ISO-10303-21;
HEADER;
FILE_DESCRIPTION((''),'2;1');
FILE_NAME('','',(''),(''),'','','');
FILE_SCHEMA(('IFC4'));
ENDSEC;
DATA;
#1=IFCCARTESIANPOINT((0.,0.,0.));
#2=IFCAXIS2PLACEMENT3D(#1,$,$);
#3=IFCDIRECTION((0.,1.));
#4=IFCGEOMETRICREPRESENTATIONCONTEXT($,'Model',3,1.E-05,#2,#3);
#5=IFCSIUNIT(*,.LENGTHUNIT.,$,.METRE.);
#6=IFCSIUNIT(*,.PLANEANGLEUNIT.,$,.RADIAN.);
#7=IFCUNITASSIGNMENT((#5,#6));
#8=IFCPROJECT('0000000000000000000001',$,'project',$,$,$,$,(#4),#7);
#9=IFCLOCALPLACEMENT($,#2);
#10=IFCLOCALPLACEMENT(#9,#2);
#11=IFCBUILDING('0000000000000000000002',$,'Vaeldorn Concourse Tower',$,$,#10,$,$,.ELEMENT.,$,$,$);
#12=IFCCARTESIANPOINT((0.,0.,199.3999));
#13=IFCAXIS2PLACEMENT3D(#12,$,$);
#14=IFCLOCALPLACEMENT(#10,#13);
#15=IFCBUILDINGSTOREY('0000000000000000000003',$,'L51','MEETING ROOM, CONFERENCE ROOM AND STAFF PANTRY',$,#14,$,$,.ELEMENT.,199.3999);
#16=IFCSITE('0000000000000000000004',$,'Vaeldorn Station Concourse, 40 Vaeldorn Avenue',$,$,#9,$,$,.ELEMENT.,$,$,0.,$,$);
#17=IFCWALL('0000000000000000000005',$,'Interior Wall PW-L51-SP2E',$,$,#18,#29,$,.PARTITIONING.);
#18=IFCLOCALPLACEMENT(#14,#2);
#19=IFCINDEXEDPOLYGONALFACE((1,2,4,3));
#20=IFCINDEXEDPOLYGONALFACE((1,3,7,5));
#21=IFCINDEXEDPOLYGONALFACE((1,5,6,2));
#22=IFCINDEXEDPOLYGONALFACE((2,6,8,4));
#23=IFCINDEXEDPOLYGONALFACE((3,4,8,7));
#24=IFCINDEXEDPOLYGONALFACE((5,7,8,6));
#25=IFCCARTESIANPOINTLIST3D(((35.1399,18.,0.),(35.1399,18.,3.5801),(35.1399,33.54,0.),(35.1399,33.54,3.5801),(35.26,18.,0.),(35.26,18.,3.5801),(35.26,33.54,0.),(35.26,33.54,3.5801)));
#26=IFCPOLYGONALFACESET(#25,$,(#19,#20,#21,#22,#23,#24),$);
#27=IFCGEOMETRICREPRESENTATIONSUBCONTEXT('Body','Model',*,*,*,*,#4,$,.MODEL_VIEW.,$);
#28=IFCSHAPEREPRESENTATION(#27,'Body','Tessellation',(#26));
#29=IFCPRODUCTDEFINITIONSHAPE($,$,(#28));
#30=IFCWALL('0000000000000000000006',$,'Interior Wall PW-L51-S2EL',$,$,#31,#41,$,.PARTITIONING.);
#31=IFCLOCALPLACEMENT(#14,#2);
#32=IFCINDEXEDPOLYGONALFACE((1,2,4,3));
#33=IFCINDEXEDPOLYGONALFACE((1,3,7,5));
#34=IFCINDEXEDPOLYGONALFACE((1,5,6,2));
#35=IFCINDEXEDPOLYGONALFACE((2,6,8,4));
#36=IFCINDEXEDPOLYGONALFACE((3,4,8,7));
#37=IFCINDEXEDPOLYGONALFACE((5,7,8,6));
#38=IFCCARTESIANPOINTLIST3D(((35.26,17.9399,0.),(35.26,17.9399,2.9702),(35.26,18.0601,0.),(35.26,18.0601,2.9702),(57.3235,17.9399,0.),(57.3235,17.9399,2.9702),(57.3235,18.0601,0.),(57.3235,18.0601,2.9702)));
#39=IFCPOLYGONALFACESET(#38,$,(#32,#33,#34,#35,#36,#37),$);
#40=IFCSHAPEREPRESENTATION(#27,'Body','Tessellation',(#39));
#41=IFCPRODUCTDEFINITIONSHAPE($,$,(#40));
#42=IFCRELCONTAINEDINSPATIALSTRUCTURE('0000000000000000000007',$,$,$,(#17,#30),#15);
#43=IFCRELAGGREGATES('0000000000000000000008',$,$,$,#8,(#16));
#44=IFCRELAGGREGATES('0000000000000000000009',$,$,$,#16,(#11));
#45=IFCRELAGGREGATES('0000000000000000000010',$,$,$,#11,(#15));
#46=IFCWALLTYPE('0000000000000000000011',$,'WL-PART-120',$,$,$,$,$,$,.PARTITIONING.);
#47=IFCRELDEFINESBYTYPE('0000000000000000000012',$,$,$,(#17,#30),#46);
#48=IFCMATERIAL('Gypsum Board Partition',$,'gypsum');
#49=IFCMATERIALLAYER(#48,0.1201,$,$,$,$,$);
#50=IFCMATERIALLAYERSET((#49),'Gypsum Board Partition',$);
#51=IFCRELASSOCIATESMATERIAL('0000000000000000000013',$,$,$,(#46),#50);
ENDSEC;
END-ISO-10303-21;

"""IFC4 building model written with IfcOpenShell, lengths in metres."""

from ifc_helpers import new_model, si_unit, direction, frame, frame_2d, origin, place, context, subcontext, project, spatial, rectangle, extrude, material, layer, layer_set, type_object, element, save


model = new_model("IFC4")

# Units and contexts
model_context = context("Model", 3, precision=1e-05, world=origin(), true_north=direction((0.0, 1.0)))
body_context = subcontext(model_context, "Body", "Model", "MODEL_VIEW")
ifc_project = project(units=[si_unit("LENGTHUNIT", "METRE"), si_unit("PLANEANGLEUNIT", "RADIAN")], contexts=[model_context])

# Site, building, storey
site_placement = place(None, origin())
site = spatial("IfcSite", under=ifc_project, at=site_placement, Name="Vaeldorn Station Concourse, 40 Vaeldorn Avenue", CompositionType="ELEMENT", RefElevation=0.0)
building_placement = place(site_placement, origin())
building = spatial("IfcBuilding", under=site, at=building_placement, Name="Vaeldorn Concourse Tower", CompositionType="ELEMENT")
storey_placement = place(building_placement, frame((0.0, 0.0, 199.3999)))
storey = spatial("IfcBuildingStorey", under=building, at=storey_placement, Name="L51", Description="MEETING ROOM, CONFERENCE ROOM AND STAFF PANTRY", CompositionType="ELEMENT", Elevation=199.3999)

# Shared definitions
ifc_material_1 = material(Name="Gypsum Board Partition", Category="gypsum")
ifc_layer_1 = layer(ifc_material_1, 0.1201)
ifc_layer_set_1 = layer_set([ifc_layer_1], Name="Gypsum Board Partition")
wall_type_1 = type_object("IfcWallType", Name="WL-PART-120", PredefinedType="PARTITIONING", material=ifc_layer_set_1)

# Wall
for number, where, z_axis, x_axis, name in (
    (1, (35.2, 18.0, 0.0), (0.0, 0.0, 1.0), (0.0, 1.0, 0.0), "Interior Wall PW-L51-SP2E"),
):
    element("IfcWall", number, at=place(storey_placement, frame(where, z_axis=z_axis, x_axis=x_axis)), inside=storey, type_object=wall_type_1, Name=name, PredefinedType="PARTITIONING", context=body_context, shape_type="SweptSolid", body=[
        extrude(rectangle(XDim=15.54, YDim=0.1201, at=frame_2d((7.77, 0.0))), origin(), (0.0, 0.0, 1.0), 3.5801),
    ])

# Wall
wall_1_placement = place(storey_placement, frame((35.26, 18.0, 0.0), z_axis=(0.0, 0.0, 1.0), x_axis=(1.0, 0.0, 0.0)))
element("IfcWall", 2, at=wall_1_placement, inside=storey, type_object=wall_type_1, Name="Interior Wall PW-L51-S2EL", PredefinedType="PARTITIONING", context=body_context, shape_type="SweptSolid", body=[
    extrude(rectangle(XDim=22.0635, YDim=0.1201, at=frame_2d((11.0317, 0.0))), origin(), (0.0, 0.0, 1.0), 2.9702),
])

save(model, "model.ifc")
